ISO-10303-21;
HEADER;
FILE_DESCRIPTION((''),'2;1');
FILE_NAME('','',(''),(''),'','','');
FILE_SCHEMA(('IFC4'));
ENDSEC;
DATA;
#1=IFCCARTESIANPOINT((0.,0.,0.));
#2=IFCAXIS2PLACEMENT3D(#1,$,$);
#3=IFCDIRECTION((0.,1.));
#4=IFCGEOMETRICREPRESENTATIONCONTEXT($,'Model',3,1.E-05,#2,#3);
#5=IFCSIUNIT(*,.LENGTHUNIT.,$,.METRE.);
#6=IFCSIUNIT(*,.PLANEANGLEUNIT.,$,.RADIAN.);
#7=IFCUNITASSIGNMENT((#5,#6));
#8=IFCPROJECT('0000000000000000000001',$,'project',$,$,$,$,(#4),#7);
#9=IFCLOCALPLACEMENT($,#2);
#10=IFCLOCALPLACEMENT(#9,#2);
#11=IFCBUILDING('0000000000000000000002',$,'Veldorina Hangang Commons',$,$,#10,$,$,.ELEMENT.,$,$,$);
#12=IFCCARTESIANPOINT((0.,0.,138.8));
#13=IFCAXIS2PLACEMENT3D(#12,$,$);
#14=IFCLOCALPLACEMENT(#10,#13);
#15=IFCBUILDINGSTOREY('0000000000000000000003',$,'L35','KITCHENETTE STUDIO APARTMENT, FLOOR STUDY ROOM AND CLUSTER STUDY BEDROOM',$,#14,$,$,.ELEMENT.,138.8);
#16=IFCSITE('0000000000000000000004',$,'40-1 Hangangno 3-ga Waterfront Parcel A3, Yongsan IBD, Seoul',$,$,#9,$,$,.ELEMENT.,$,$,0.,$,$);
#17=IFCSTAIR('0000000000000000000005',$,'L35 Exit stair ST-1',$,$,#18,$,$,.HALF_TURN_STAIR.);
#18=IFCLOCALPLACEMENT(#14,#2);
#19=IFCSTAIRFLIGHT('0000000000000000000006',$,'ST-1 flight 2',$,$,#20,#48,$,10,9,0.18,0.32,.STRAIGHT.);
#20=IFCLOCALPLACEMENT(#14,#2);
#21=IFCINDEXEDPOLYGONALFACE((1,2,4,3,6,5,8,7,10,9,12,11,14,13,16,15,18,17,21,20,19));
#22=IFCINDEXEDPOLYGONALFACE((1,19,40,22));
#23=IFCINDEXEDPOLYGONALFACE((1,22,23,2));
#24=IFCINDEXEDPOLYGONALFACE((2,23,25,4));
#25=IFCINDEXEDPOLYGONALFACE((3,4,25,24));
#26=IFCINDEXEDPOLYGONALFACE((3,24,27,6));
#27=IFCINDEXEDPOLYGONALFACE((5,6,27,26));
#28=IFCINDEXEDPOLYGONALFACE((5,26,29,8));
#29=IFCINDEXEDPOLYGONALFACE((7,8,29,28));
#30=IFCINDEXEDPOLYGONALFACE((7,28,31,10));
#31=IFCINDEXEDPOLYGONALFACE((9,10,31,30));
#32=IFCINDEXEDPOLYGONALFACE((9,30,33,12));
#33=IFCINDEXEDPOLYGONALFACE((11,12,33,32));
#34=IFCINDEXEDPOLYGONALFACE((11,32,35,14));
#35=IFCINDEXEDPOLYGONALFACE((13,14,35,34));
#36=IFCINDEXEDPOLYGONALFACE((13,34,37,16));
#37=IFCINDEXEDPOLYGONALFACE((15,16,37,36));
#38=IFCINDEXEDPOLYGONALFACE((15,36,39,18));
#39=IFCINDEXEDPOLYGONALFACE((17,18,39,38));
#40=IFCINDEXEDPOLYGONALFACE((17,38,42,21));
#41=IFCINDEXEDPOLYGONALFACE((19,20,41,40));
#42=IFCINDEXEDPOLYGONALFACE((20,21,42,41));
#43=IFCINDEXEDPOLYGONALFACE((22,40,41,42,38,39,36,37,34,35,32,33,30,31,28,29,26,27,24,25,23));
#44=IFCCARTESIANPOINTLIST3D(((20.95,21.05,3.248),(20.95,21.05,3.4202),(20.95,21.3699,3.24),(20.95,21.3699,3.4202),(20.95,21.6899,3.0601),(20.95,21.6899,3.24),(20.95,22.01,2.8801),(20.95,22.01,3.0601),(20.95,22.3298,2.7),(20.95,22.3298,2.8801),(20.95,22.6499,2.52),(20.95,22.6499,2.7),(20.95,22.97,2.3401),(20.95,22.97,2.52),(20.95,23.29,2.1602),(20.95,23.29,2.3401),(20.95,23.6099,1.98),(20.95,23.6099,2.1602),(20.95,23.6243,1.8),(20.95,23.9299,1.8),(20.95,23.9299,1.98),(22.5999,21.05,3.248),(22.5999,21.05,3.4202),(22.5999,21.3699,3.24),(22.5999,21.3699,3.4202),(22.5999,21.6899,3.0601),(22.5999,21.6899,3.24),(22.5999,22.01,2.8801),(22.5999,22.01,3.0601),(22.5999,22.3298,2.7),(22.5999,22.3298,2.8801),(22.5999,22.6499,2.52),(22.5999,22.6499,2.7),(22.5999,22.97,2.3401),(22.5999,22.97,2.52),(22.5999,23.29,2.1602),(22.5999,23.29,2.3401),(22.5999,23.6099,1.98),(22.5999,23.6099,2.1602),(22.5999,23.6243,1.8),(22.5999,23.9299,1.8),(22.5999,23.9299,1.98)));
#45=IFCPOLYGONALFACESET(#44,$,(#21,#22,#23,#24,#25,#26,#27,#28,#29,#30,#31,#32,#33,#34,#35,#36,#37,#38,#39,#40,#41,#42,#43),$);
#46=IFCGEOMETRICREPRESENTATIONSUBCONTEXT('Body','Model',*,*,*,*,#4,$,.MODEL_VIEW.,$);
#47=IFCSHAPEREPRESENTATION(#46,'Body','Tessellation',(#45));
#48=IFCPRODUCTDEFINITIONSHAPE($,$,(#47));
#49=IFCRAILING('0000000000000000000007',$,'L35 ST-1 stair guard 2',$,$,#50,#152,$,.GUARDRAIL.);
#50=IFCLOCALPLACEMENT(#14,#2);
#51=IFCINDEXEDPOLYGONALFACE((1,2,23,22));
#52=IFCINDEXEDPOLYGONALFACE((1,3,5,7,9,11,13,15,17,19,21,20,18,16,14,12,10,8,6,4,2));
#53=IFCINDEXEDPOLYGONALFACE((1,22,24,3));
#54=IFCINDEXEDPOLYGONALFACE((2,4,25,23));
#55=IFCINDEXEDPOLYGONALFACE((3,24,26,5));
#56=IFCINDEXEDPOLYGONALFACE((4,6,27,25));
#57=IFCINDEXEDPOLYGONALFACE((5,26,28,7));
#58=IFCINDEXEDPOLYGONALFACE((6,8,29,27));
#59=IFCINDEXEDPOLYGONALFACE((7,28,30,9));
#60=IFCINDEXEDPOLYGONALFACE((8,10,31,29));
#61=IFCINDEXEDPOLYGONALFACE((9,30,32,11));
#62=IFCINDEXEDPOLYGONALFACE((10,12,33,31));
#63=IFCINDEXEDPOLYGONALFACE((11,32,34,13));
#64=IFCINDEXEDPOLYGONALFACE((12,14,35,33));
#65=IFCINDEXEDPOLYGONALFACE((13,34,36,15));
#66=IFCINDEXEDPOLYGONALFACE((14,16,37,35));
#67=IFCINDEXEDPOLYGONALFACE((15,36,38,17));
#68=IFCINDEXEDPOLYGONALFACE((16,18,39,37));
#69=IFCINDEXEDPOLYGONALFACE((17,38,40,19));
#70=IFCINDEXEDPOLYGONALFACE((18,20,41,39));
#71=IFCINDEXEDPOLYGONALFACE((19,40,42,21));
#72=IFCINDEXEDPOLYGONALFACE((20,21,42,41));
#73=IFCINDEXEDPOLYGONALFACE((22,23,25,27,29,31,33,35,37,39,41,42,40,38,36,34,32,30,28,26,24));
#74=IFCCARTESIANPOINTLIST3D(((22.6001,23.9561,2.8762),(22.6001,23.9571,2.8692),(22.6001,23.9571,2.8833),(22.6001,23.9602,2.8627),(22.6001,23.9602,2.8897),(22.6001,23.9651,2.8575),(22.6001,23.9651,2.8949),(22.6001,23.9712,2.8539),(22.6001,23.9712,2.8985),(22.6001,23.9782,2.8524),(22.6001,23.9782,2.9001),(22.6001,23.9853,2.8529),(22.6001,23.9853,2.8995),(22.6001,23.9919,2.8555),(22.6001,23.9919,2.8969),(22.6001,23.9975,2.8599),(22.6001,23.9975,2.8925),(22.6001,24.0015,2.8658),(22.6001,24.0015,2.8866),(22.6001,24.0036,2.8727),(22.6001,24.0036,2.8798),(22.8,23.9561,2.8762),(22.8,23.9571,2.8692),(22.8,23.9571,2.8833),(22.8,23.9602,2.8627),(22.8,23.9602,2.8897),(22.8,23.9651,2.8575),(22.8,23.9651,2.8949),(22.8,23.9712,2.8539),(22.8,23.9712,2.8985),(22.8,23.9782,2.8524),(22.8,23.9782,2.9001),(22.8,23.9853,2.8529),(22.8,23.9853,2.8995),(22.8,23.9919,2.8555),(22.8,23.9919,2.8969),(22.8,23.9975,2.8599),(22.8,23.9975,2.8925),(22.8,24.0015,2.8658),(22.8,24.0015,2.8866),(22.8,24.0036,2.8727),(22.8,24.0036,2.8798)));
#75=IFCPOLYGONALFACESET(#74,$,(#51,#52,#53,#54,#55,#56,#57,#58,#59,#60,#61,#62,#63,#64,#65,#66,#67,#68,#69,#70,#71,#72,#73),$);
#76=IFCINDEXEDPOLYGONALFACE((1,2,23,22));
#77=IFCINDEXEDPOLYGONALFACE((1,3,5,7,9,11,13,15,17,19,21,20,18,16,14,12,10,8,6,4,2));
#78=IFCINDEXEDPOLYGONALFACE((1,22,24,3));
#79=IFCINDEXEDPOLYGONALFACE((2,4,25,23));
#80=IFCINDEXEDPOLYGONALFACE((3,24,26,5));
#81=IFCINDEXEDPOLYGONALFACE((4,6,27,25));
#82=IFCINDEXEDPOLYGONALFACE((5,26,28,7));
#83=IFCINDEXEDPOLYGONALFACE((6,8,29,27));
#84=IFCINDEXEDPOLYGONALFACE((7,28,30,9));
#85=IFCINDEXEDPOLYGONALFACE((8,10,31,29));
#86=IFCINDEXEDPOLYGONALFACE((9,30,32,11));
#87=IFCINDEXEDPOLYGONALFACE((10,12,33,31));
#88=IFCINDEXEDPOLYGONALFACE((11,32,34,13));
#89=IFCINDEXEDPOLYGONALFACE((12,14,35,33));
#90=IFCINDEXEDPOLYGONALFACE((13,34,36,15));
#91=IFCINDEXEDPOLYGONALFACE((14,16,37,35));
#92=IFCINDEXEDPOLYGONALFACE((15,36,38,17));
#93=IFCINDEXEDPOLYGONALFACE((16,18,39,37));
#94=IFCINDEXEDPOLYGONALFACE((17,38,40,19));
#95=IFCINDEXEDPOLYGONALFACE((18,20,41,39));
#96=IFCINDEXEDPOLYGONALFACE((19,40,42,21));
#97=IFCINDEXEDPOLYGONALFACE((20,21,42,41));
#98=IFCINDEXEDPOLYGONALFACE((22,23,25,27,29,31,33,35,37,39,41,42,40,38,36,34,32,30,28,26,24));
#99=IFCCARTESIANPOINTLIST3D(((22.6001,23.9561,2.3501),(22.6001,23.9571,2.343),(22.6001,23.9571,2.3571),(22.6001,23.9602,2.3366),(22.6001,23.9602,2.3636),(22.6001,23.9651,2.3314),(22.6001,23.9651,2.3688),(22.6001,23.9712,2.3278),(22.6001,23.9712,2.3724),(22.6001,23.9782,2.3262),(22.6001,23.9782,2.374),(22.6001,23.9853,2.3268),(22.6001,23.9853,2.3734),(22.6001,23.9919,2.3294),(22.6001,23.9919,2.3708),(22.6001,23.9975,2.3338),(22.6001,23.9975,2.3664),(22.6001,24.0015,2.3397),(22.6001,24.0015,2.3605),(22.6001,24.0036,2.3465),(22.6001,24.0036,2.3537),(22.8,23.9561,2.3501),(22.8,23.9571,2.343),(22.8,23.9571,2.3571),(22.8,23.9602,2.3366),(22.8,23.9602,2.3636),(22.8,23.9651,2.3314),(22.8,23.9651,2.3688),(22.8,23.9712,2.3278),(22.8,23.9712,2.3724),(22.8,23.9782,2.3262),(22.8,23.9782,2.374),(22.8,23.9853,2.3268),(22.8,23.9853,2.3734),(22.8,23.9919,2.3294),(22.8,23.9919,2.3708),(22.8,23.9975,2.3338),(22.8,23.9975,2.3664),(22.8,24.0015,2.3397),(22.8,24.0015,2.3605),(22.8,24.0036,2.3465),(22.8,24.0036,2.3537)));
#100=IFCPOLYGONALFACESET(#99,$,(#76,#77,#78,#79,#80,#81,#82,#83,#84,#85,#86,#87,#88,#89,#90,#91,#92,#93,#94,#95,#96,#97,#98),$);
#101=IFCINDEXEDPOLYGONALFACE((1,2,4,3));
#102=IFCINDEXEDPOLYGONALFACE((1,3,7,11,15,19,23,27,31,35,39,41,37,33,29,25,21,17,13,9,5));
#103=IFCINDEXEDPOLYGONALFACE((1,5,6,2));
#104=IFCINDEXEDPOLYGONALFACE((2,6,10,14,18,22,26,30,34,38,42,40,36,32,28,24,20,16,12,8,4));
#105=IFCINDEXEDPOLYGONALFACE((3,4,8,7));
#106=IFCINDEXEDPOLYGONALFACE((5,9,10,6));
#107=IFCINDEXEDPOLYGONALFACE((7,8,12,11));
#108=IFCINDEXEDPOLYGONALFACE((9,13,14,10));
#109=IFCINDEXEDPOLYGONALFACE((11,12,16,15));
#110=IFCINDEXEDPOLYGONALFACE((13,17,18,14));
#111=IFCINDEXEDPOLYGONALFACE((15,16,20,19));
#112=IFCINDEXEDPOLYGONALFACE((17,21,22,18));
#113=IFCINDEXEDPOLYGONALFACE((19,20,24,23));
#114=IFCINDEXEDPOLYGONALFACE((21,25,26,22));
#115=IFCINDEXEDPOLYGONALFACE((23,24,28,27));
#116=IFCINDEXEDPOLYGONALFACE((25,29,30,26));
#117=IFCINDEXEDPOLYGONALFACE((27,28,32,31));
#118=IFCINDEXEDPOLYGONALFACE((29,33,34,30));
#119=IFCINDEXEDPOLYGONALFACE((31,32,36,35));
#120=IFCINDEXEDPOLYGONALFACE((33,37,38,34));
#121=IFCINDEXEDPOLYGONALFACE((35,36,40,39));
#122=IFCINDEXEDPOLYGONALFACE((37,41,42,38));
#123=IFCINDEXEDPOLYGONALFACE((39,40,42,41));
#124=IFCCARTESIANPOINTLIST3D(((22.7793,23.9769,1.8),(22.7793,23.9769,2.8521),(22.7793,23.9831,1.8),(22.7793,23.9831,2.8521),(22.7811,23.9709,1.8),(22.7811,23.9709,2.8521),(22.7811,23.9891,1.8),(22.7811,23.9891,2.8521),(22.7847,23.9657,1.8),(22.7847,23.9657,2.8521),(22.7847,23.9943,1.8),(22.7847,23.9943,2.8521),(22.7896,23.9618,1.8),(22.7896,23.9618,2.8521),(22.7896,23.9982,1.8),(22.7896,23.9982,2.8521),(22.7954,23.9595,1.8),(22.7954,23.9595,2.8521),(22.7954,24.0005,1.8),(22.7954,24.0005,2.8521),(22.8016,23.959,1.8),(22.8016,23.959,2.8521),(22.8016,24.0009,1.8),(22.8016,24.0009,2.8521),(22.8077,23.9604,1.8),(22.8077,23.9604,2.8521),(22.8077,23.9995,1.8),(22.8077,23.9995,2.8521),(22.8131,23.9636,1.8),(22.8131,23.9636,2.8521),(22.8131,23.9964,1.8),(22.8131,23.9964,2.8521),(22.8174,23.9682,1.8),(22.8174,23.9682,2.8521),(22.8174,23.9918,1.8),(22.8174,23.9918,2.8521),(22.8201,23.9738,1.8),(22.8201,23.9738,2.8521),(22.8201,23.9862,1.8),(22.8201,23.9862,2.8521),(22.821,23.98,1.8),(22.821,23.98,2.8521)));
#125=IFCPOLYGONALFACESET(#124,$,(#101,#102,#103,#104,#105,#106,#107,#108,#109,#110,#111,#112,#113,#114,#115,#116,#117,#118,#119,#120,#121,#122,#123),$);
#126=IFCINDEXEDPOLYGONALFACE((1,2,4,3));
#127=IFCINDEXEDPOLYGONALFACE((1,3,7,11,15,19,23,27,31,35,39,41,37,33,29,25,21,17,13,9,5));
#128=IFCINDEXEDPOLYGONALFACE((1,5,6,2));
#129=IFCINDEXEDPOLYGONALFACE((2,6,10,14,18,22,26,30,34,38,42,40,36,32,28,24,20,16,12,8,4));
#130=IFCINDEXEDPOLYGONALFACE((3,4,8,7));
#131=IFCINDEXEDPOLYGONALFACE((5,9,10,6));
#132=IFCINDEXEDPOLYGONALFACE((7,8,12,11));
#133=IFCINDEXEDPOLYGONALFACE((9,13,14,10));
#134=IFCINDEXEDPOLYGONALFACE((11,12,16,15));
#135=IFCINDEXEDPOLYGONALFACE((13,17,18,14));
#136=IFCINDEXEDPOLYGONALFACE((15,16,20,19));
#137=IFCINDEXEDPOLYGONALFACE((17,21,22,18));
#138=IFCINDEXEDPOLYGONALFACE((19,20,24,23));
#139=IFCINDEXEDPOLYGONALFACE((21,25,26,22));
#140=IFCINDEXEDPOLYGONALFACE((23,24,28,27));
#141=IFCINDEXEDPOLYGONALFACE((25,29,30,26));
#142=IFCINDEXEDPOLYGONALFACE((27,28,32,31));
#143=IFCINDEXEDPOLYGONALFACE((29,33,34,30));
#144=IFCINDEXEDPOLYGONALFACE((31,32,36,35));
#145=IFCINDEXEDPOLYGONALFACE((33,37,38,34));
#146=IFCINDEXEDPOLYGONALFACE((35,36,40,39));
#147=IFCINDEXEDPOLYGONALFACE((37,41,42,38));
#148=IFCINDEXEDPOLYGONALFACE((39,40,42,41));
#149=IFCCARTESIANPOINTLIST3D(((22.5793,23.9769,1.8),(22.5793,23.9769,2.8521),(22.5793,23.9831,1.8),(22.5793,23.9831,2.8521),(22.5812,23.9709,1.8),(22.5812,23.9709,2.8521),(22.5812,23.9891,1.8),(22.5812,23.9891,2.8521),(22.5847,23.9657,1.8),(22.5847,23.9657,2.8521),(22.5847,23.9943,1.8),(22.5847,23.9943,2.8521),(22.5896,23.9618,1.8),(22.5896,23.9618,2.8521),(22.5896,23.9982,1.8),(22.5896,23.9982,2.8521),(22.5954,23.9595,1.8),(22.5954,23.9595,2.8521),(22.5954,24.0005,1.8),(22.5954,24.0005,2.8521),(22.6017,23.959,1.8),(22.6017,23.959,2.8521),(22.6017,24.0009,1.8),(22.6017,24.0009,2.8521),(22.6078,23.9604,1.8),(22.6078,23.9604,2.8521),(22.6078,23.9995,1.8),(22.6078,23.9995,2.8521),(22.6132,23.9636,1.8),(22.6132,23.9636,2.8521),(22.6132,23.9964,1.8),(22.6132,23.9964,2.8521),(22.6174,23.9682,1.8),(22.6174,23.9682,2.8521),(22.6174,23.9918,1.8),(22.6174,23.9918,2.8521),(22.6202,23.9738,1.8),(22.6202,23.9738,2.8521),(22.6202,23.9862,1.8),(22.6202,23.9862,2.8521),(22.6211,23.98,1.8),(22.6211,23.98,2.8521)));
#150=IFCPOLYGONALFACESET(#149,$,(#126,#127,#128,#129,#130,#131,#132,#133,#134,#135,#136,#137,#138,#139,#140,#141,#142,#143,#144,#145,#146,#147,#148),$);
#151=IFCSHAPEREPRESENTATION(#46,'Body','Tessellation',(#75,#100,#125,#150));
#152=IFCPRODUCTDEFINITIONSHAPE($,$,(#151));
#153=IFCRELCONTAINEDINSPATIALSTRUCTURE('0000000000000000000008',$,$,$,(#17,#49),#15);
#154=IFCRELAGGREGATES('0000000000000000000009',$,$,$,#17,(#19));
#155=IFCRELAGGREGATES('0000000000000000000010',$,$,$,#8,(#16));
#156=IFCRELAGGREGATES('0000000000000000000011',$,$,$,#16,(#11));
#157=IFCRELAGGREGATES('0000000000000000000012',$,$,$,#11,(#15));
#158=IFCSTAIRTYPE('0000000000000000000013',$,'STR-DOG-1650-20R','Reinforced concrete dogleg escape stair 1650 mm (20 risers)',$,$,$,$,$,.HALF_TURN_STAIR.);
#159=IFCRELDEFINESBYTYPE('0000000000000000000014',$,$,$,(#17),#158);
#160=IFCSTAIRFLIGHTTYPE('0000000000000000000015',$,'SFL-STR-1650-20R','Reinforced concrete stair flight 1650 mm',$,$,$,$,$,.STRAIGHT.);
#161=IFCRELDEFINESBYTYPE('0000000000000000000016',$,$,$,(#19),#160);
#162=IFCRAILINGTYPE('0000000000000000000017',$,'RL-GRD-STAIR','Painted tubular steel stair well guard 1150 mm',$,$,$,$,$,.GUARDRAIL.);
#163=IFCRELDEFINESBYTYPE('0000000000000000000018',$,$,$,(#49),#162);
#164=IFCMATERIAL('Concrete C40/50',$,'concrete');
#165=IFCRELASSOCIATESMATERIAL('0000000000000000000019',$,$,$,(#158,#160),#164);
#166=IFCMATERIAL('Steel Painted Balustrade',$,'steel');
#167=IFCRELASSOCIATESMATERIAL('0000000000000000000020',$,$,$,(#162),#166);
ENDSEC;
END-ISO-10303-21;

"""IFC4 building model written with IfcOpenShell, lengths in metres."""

from ifc_helpers import new_model, si_unit, direction, frame, origin, origin_2d, place, context, subcontext, project, spatial, polyline, circle, outline, extrude, material, type_object, element, aggregate, save


model = new_model("IFC4")

# Units and contexts
model_context = context("Model", 3, precision=1e-05, world=origin(), true_north=direction((0.0, 1.0)))
body_context = subcontext(model_context, "Body", "Model", "MODEL_VIEW")
ifc_project = project(units=[si_unit("LENGTHUNIT", "METRE"), si_unit("PLANEANGLEUNIT", "RADIAN")], contexts=[model_context])

# Site, building, storey
site_placement = place(None, origin())
site = spatial("IfcSite", under=ifc_project, at=site_placement, Name="40-1 Hangangno 3-ga Waterfront Parcel A3, Yongsan IBD, Seoul", CompositionType="ELEMENT", RefElevation=0.0)
building_placement = place(site_placement, origin())
building = spatial("IfcBuilding", under=site, at=building_placement, Name="Veldorina Hangang Commons", CompositionType="ELEMENT")
storey_placement = place(building_placement, frame((0.0, 0.0, 138.8)))
storey = spatial("IfcBuildingStorey", under=building, at=storey_placement, Name="L35", Description="KITCHENETTE STUDIO APARTMENT, FLOOR STUDY ROOM AND CLUSTER STUDY BEDROOM", CompositionType="ELEMENT", Elevation=138.8)

# Stair, stair flight
ifc_material_1 = material(Name="Concrete C40/50", Category="concrete")
stair_type = type_object("IfcStairType", Name="STR-DOG-1650-20R", Description="Reinforced concrete dogleg escape stair 1650 mm (20 risers)", PredefinedType="HALF_TURN_STAIR", material=ifc_material_1)
stair_placement = place(storey_placement, origin())
stair = element("IfcStair", 1, at=stair_placement, inside=storey, type_object=stair_type, Name="L35 Exit stair ST-1", PredefinedType="HALF_TURN_STAIR")
stair_flight_type = type_object("IfcStairFlightType", Name="SFL-STR-1650-20R", Description="Reinforced concrete stair flight 1650 mm", PredefinedType="STRAIGHT", material=ifc_material_1)
stair_flight_placement = place(storey_placement, frame((21.7749, 23.9299, 1.8), z_axis=(0.0, 0.0, 1.0), x_axis=(0.0, -1.0, 0.0)))
stair_flight = element("IfcStairFlight", 2, at=stair_flight_placement, type_object=stair_flight_type, Name="ST-1 flight 2", NumberOfRisers=10, NumberOfTreads=9, PredefinedType="STRAIGHT", RiserHeight=0.18, TreadLength=0.32, context=body_context, shape_type="SweptSolid", body=[
    extrude(outline(polyline([(0.0, 0.0), (0.0, 0.1799), (0.3201, 0.1799), (0.3201, 0.3601), (0.6399, 0.3601), (0.6399, 0.54), (0.96, 0.54), (0.96, 0.72), (1.28, 0.72), (1.28, 0.8999), (1.6001, 0.8999), (1.6001, 1.0801), (1.9199, 1.0801), (1.9199, 1.26), (2.24, 1.26), (2.24, 1.4399), (2.5601, 1.4399), (2.5601, 1.6201), (2.8799, 1.6201), (2.8799, 1.8), (2.8799, 1.448), (0.3057, 0.0), (0.0, 0.0)])), frame((0.0, 0.825, 0.0), z_axis=(0.0, -1.0, 0.0), x_axis=(1.0, 0.0, 0.0)), (0.0, 0.0, 1.0), 1.6499),
])
aggregate(stair, [stair_flight])

# Railing
ifc_material_2 = material(Name="Steel Painted Balustrade", Category="steel")
railing_type_1 = type_object("IfcRailingType", Name="RL-GRD-STAIR", Description="Painted tubular steel stair well guard 1150 mm", PredefinedType="GUARDRAIL", material=ifc_material_2)
railing_1_placement = place(storey_placement, frame((22.8, 23.98, 1.8)))
element("IfcRailing", 3, at=railing_1_placement, inside=storey, type_object=railing_type_1, Name="L35 ST-1 stair guard 2", PredefinedType="GUARDRAIL", context=body_context, shape_type="SweptSolid", body=[
    extrude(circle(Radius=0.0239, at=origin_2d()), frame((0.0, 0.0, 1.0762), z_axis=(-1.0, 0.0, 0.0), x_axis=(0.0, -1.0, 0.0)), (0.0, 0.0, 1.0), 0.2),
    extrude(circle(Radius=0.0239, at=origin_2d()), frame((0.0, 0.0, 0.55), z_axis=(-1.0, 0.0, 0.0), x_axis=(0.0, -1.0, 0.0)), (0.0, 0.0, 1.0), 0.2),
    extrude(circle(Radius=0.021, at=origin_2d()), origin(), (0.0, 0.0, 1.0), 1.052),
    extrude(circle(Radius=0.021, at=origin_2d()), frame((-0.2, 0.0, 0.0)), (0.0, 0.0, 1.0), 1.052),
])

save(model, "model.ifc")
